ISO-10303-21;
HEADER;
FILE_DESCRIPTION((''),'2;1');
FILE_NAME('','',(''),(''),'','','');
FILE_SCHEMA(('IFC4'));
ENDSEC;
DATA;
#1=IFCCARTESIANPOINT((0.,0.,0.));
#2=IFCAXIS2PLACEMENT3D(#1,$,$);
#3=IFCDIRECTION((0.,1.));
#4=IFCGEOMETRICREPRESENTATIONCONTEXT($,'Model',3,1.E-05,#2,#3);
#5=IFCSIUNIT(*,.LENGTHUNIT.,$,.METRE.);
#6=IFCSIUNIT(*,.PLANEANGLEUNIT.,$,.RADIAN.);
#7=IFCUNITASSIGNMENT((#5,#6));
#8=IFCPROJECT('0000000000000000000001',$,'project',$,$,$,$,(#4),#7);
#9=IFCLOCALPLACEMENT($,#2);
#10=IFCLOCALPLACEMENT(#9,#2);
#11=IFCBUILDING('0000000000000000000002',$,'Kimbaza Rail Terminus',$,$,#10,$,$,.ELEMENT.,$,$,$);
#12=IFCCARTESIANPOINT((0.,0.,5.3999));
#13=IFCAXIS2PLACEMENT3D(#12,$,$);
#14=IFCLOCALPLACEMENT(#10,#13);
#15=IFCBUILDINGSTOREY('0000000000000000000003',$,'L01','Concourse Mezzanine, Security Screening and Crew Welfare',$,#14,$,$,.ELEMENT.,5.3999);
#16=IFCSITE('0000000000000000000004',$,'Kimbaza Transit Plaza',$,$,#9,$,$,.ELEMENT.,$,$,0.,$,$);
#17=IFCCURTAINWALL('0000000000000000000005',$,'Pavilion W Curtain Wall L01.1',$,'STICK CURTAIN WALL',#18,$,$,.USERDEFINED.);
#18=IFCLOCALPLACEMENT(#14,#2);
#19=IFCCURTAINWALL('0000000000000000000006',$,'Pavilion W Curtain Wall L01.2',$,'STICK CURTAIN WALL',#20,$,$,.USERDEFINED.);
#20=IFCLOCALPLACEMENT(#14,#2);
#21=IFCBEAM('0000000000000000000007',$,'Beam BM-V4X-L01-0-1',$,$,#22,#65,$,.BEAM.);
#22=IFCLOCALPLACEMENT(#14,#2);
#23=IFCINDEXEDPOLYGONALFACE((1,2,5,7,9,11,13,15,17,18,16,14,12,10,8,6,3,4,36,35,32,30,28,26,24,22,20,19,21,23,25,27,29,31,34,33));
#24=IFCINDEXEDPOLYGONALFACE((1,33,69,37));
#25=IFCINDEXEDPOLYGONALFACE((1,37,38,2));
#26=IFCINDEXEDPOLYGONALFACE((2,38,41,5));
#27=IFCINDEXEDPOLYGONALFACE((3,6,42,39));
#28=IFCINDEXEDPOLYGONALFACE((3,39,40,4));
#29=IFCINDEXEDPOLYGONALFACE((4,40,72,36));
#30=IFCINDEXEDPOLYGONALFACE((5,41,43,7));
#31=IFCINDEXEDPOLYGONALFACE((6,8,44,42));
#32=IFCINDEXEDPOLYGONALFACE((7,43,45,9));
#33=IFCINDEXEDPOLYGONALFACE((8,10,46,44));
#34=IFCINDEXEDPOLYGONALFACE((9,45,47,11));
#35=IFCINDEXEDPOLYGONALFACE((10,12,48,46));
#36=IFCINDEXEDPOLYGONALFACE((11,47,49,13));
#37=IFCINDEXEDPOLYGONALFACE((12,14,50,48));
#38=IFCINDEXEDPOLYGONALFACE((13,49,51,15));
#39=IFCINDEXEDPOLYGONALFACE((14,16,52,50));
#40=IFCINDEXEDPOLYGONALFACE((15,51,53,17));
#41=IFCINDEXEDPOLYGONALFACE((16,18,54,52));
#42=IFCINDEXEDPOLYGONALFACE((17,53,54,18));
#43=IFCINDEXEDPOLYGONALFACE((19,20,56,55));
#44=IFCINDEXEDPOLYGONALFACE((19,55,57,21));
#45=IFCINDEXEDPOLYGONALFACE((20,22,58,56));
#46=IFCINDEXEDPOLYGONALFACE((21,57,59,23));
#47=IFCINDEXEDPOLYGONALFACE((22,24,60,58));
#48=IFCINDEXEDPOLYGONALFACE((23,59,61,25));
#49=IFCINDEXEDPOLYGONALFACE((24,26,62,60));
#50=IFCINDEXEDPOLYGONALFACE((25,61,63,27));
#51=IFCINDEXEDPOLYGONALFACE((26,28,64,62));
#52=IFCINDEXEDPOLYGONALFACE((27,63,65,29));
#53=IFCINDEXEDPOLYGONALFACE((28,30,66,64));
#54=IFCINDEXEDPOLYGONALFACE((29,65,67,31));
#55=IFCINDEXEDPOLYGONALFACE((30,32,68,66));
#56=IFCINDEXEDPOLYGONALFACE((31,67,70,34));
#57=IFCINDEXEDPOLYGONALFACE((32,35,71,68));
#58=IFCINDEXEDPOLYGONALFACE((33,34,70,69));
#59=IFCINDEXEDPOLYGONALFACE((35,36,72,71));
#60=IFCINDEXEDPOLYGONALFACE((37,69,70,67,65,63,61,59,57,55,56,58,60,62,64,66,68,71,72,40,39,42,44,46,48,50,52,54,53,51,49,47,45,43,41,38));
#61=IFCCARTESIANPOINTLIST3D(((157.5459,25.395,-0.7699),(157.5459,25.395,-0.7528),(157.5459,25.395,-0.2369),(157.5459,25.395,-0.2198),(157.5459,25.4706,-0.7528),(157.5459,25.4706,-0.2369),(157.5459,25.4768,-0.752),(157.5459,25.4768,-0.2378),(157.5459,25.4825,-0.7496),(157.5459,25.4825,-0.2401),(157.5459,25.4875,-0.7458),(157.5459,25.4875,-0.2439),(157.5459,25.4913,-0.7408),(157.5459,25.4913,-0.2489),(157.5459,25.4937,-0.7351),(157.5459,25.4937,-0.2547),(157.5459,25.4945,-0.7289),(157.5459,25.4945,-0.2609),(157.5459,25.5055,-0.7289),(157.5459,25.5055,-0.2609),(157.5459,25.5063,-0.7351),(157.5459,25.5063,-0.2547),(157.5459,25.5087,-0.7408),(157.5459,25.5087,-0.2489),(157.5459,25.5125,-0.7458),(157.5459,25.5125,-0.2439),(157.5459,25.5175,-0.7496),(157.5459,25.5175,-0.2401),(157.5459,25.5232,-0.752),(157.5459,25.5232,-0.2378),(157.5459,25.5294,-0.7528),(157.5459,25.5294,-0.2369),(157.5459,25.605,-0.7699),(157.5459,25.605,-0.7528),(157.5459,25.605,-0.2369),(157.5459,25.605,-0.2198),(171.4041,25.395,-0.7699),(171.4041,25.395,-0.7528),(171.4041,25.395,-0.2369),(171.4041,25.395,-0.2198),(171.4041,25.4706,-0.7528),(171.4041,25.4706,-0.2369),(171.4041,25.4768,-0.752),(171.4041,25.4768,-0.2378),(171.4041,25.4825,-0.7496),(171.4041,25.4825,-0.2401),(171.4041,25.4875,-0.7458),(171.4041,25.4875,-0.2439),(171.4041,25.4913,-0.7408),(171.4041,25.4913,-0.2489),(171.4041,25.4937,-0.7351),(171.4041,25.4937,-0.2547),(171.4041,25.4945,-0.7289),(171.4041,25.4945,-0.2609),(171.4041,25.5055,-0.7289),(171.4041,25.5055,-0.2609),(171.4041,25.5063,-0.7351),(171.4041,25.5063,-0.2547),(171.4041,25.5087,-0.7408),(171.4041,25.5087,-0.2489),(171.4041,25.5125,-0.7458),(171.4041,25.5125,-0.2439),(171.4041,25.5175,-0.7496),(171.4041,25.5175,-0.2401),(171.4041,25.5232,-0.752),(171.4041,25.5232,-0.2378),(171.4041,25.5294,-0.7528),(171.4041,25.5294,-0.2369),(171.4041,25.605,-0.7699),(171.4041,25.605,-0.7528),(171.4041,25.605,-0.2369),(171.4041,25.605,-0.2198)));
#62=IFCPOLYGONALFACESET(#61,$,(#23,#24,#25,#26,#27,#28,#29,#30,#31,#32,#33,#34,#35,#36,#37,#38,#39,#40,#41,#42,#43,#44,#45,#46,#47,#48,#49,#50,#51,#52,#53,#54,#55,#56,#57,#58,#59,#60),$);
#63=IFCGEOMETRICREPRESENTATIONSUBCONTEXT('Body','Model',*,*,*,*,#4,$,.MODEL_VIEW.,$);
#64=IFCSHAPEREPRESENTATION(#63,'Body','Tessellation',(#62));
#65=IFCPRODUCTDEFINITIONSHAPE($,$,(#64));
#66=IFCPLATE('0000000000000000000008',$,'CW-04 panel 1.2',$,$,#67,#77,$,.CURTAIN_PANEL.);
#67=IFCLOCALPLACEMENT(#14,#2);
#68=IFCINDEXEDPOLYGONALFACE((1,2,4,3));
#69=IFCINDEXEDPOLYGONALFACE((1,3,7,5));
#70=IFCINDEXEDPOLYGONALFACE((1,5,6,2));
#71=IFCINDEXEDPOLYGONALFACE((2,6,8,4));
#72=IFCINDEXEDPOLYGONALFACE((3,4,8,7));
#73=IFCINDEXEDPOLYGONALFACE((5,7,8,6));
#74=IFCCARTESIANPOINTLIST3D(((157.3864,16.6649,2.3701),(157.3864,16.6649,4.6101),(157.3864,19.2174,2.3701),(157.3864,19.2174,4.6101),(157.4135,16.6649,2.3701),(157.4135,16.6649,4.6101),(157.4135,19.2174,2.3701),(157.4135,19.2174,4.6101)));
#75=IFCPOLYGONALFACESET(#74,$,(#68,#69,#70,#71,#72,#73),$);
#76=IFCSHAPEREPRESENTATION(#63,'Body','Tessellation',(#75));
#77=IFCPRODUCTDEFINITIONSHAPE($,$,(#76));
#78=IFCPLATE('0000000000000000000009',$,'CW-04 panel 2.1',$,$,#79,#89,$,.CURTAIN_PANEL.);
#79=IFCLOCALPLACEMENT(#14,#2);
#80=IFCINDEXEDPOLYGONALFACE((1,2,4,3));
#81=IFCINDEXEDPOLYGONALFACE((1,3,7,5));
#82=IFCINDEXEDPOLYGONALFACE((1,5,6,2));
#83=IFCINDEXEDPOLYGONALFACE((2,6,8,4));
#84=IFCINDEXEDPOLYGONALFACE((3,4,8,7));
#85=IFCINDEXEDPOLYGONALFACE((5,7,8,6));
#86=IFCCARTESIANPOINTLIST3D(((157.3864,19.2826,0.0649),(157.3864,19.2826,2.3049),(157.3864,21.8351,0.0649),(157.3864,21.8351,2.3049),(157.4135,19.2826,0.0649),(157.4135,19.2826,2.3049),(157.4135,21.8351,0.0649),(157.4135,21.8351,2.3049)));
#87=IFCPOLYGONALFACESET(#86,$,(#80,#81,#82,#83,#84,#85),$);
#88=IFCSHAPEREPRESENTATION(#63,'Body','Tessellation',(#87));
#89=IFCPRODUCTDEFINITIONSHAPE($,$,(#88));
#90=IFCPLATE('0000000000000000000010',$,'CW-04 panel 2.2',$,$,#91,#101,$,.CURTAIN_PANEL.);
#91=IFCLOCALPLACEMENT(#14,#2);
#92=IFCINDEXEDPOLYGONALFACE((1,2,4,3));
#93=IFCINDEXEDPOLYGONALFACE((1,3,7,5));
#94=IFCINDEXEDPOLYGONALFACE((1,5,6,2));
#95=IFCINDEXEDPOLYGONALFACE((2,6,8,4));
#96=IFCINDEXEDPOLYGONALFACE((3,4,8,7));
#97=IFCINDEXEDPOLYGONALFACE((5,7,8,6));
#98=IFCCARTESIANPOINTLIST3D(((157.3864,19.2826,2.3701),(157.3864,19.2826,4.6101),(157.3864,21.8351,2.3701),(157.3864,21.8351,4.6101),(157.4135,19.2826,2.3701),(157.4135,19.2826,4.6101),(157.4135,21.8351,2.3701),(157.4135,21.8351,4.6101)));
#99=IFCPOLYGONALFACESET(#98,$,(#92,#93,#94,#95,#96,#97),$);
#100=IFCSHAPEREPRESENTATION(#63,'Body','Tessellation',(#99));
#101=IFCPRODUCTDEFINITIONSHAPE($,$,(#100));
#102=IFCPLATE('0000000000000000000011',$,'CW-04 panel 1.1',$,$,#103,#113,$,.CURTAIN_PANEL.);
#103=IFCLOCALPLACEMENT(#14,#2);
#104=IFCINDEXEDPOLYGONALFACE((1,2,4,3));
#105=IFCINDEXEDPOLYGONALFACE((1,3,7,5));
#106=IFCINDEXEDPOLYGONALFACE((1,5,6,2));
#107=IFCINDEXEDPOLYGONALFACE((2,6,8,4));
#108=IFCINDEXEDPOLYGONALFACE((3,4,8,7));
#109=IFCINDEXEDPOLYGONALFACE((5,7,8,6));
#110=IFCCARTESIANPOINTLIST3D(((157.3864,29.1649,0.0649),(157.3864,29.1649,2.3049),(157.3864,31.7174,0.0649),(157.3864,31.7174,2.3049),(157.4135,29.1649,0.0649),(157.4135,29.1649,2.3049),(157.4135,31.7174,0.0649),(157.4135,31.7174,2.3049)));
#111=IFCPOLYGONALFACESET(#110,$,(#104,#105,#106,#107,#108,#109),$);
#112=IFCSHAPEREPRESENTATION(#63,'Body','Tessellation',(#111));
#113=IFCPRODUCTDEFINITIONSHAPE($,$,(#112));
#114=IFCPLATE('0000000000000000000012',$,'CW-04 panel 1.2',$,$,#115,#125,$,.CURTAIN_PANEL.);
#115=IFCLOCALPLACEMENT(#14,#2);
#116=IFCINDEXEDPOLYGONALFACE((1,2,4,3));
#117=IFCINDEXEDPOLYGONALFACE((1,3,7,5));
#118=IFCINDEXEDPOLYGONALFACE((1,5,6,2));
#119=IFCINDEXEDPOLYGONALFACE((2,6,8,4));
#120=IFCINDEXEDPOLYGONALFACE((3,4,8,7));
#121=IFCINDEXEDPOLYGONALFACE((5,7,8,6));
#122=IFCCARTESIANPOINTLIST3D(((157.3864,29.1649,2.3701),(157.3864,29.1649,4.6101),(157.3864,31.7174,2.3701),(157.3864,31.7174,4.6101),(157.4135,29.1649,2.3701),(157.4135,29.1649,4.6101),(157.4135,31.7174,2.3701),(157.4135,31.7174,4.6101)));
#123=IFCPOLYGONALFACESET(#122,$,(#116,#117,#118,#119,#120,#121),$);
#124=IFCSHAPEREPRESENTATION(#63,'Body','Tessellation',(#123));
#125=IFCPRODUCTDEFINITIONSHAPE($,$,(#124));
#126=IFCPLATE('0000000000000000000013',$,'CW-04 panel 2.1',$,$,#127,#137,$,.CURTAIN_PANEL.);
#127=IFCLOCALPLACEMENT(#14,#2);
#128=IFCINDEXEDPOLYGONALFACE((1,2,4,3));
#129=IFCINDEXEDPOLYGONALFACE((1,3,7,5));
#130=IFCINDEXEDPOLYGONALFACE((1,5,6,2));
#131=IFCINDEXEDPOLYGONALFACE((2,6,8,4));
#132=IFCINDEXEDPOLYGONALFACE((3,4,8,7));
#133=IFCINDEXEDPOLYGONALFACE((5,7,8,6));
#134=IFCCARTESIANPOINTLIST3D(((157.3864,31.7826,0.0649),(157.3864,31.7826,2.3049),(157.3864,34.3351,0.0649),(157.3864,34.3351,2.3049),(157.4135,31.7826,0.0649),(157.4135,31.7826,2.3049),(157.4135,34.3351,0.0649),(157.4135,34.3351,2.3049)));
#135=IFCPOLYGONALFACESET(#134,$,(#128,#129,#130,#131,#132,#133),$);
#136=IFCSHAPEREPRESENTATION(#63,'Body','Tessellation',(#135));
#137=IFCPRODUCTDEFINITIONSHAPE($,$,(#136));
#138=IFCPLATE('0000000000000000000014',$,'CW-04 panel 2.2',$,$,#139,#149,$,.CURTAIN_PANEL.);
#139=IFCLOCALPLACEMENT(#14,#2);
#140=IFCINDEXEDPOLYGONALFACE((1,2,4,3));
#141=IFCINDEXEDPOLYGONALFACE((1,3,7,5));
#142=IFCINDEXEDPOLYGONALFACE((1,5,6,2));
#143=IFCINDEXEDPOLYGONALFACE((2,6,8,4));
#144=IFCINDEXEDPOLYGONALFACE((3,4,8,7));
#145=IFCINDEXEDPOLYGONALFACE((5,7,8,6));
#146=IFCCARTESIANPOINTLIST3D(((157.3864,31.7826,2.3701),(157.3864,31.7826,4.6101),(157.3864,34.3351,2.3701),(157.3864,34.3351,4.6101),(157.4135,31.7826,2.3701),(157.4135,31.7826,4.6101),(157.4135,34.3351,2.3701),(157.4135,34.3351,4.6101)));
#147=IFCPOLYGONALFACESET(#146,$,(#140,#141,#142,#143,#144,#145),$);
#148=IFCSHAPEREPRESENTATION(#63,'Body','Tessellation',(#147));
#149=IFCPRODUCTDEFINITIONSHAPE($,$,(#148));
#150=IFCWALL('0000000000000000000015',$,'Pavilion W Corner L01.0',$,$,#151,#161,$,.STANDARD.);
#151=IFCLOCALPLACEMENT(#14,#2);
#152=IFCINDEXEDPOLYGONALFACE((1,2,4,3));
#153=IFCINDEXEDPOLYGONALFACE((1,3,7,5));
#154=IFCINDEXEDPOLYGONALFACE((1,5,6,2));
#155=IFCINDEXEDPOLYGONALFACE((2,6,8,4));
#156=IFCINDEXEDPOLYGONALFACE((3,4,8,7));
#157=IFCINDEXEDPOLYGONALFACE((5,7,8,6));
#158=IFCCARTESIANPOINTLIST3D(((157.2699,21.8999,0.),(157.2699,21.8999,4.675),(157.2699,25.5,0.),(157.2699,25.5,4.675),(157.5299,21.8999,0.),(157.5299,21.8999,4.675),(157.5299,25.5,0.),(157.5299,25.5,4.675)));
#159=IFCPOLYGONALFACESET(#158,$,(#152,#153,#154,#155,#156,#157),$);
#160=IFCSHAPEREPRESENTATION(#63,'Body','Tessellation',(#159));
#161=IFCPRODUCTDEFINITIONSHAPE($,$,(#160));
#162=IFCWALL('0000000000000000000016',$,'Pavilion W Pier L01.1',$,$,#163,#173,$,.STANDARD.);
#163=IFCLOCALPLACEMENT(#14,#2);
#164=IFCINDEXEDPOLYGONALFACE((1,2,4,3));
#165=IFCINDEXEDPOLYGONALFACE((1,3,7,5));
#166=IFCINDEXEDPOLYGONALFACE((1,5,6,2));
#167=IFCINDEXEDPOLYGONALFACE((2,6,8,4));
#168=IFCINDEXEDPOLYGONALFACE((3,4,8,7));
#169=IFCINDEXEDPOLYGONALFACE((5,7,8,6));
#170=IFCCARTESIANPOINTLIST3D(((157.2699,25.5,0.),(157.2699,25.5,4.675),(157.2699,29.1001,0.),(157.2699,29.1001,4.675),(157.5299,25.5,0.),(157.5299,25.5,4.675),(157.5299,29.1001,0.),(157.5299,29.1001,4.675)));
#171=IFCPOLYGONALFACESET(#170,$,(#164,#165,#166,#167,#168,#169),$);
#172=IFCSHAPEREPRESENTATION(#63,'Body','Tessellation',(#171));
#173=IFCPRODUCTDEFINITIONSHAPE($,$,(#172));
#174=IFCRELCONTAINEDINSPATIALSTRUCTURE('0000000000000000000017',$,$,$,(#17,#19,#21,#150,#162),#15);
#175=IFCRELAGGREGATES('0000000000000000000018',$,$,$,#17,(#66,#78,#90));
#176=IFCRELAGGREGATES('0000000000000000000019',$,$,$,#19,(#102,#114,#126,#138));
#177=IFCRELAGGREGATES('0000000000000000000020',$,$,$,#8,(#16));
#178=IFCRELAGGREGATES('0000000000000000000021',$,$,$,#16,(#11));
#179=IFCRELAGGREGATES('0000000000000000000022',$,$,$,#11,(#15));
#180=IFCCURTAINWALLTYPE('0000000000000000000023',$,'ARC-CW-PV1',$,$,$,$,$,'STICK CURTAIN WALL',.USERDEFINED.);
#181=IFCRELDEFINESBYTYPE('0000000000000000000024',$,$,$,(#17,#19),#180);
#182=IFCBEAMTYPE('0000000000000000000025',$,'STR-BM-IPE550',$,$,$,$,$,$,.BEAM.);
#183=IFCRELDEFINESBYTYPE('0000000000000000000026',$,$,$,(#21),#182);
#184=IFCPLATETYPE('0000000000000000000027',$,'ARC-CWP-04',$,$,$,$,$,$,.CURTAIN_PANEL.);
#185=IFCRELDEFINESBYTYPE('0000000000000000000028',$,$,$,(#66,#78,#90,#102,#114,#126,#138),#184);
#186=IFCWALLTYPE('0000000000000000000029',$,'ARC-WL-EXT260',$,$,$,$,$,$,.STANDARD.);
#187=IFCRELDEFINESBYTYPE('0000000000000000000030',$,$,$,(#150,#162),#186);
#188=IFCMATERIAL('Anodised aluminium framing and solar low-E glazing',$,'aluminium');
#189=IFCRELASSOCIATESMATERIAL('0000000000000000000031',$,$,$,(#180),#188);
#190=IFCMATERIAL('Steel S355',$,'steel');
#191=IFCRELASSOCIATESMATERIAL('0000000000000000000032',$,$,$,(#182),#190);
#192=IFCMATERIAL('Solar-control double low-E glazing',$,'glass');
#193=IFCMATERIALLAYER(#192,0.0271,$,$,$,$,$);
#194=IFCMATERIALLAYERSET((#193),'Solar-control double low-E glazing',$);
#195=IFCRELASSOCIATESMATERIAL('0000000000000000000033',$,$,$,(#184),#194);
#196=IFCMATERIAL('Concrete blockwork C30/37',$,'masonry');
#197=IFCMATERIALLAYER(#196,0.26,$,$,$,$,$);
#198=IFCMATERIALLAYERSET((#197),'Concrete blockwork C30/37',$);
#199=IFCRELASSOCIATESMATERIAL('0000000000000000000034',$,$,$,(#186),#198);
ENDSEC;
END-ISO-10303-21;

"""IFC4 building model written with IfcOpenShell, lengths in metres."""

from ifc_helpers import new_model, si_unit, direction, frame, frame_2d, origin, origin_2d, place, context, subcontext, project, spatial, rectangle, i_section, extrude, material, layer, layer_set, material_profile, profile_set, type_object, element, aggregate, save


model = new_model("IFC4")

# Units and contexts
model_context = context("Model", 3, precision=1e-05, world=origin(), true_north=direction((0.0, 1.0)))
body_context = subcontext(model_context, "Body", "Model", "MODEL_VIEW")
ifc_project = project(units=[si_unit("LENGTHUNIT", "METRE"), si_unit("PLANEANGLEUNIT", "RADIAN")], contexts=[model_context])

# Site, building, storey
site_placement = place(None, origin())
site = spatial("IfcSite", under=ifc_project, at=site_placement, Name="Kimbaza Transit Plaza", CompositionType="ELEMENT", RefElevation=0.0)
building_placement = place(site_placement, origin())
building = spatial("IfcBuilding", under=site, at=building_placement, Name="Kimbaza Rail Terminus", CompositionType="ELEMENT")
storey_placement = place(building_placement, frame((0.0, 0.0, 5.3999)))
storey = spatial("IfcBuildingStorey", under=building, at=storey_placement, Name="L01", Description="Concourse Mezzanine, Security Screening and Crew Welfare", CompositionType="ELEMENT", Elevation=5.3999)

# Curtain walls
ifc_material_1 = material(Name="Anodised aluminium framing and solar low-E glazing", Category="aluminium")
curtain_wall_type = type_object("IfcCurtainWallType", Name="ARC-CW-PV1", ElementType="STICK CURTAIN WALL", PredefinedType="USERDEFINED", material=ifc_material_1)
curtain_wall_1_placement = place(storey_placement, origin())
curtain_wall_1 = element("IfcCurtainWall", 1, at=curtain_wall_1_placement, inside=storey, type_object=curtain_wall_type, Name="Pavilion W Curtain Wall L01.1", ObjectType="STICK CURTAIN WALL", PredefinedType="USERDEFINED")
curtain_wall_2_placement = place(storey_placement, origin())
curtain_wall_2 = element("IfcCurtainWall", 2, at=curtain_wall_2_placement, inside=storey, type_object=curtain_wall_type, Name="Pavilion W Curtain Wall L01.2", ObjectType="STICK CURTAIN WALL", PredefinedType="USERDEFINED")

# Beam
ifc_material_2 = material(Name="Steel S355", Category="steel")
ifc_material_profile_1 = material_profile(ifc_material_2, i_section(OverallWidth=0.21, OverallDepth=0.55, WebThickness=0.011, FlangeThickness=0.0171, FilletRadius=0.0239, at=origin_2d()), Name="IPE 550")
ifc_profile_set_1 = profile_set([ifc_material_profile_1], Name="Steel S355")
beam_type_1 = type_object("IfcBeamType", Name="STR-BM-IPE550", PredefinedType="BEAM", material=ifc_profile_set_1)
beam_1_placement = place(storey_placement, frame((157.5459, 25.5, -0.4949), z_axis=(1.0, 0.0, 0.0), x_axis=(0.0, 1.0, 0.0)))
element("IfcBeam", 3, at=beam_1_placement, inside=storey, type_object=beam_type_1, Name="Beam BM-V4X-L01-0-1", PredefinedType="BEAM", context=body_context, shape_type="SweptSolid", body=[
    extrude(i_section(OverallWidth=0.21, OverallDepth=0.55, WebThickness=0.011, FlangeThickness=0.0171, FilletRadius=0.0239, at=origin_2d()), origin(), (0.0, 0.0, 1.0), 13.8582),
])

# Plates
ifc_material_3 = material(Name="Solar-control double low-E glazing", Category="glass")
ifc_layer_1 = layer(ifc_material_3, 0.0271)
ifc_layer_set_1 = layer_set([ifc_layer_1], Name="Solar-control double low-E glazing")
plate_type = type_object("IfcPlateType", Name="ARC-CWP-04", PredefinedType="CURTAIN_PANEL", material=ifc_layer_set_1)
plate_1_placement = place(storey_placement, frame((157.3999, 17.9412, 2.3701), z_axis=(0.0, 0.0, 1.0), x_axis=(0.0, 1.0, 0.0)))
plate_1 = element("IfcPlate", 4, at=plate_1_placement, type_object=plate_type, Name="CW-04 panel 1.2", PredefinedType="CURTAIN_PANEL", context=body_context, shape_type="SweptSolid", body=[
    extrude(rectangle(XDim=2.5525, YDim=0.0271, at=origin_2d()), origin(), (0.0, 0.0, 1.0), 2.24),
])
plate_2_placement = place(storey_placement, frame((157.3999, 20.5588, 0.0649), z_axis=(0.0, 0.0, 1.0), x_axis=(0.0, 1.0, 0.0)))
plate_2 = element("IfcPlate", 5, at=plate_2_placement, type_object=plate_type, Name="CW-04 panel 2.1", PredefinedType="CURTAIN_PANEL", context=body_context, shape_type="SweptSolid", body=[
    extrude(rectangle(XDim=2.5525, YDim=0.0271, at=origin_2d()), origin(), (0.0, 0.0, 1.0), 2.24),
])
plate_3_placement = place(storey_placement, frame((157.3999, 20.5588, 2.3701), z_axis=(0.0, 0.0, 1.0), x_axis=(0.0, 1.0, 0.0)))
plate_3 = element("IfcPlate", 6, at=plate_3_placement, type_object=plate_type, Name="CW-04 panel 2.2", PredefinedType="CURTAIN_PANEL", context=body_context, shape_type="SweptSolid", body=[
    extrude(rectangle(XDim=2.5525, YDim=0.0271, at=origin_2d()), origin(), (0.0, 0.0, 1.0), 2.24),
])
aggregate(curtain_wall_1, [plate_1, plate_2, plate_3])
plate_4_placement = place(storey_placement, frame((157.3999, 30.4412, 0.0649), z_axis=(0.0, 0.0, 1.0), x_axis=(0.0, 1.0, 0.0)))
plate_4 = element("IfcPlate", 7, at=plate_4_placement, type_object=plate_type, Name="CW-04 panel 1.1", PredefinedType="CURTAIN_PANEL", context=body_context, shape_type="SweptSolid", body=[
    extrude(rectangle(XDim=2.5525, YDim=0.0271, at=origin_2d()), origin(), (0.0, 0.0, 1.0), 2.24),
])
plate_5_placement = place(storey_placement, frame((157.3999, 30.4412, 2.3701), z_axis=(0.0, 0.0, 1.0), x_axis=(0.0, 1.0, 0.0)))
plate_5 = element("IfcPlate", 8, at=plate_5_placement, type_object=plate_type, Name="CW-04 panel 1.2", PredefinedType="CURTAIN_PANEL", context=body_context, shape_type="SweptSolid", body=[
    extrude(rectangle(XDim=2.5525, YDim=0.0271, at=origin_2d()), origin(), (0.0, 0.0, 1.0), 2.24),
])
plate_6_placement = place(storey_placement, frame((157.3999, 33.0588, 0.0649), z_axis=(0.0, 0.0, 1.0), x_axis=(0.0, 1.0, 0.0)))
plate_6 = element("IfcPlate", 9, at=plate_6_placement, type_object=plate_type, Name="CW-04 panel 2.1", PredefinedType="CURTAIN_PANEL", context=body_context, shape_type="SweptSolid", body=[
    extrude(rectangle(XDim=2.5525, YDim=0.0271, at=origin_2d()), origin(), (0.0, 0.0, 1.0), 2.24),
])
plate_7_placement = place(storey_placement, frame((157.3999, 33.0588, 2.3701), z_axis=(0.0, 0.0, 1.0), x_axis=(0.0, 1.0, 0.0)))
plate_7 = element("IfcPlate", 10, at=plate_7_placement, type_object=plate_type, Name="CW-04 panel 2.2", PredefinedType="CURTAIN_PANEL", context=body_context, shape_type="SweptSolid", body=[
    extrude(rectangle(XDim=2.5525, YDim=0.0271, at=origin_2d()), origin(), (0.0, 0.0, 1.0), 2.24),
])
aggregate(curtain_wall_2, [plate_4, plate_5, plate_6, plate_7])

# Walls
ifc_material_4 = material(Name="Concrete blockwork C30/37", Category="masonry")
ifc_layer_2 = layer(ifc_material_4, 0.26)
ifc_layer_set_2 = layer_set([ifc_layer_2], Name="Concrete blockwork C30/37")
wall_type_1 = type_object("IfcWallType", Name="ARC-WL-EXT260", PredefinedType="STANDARD", material=ifc_layer_set_2)
for number, where, z_axis, x_axis, name in (
    (11, (157.3999, 21.8999, 0.0), (0.0, 0.0, 1.0), (0.0, 1.0, 0.0), "Pavilion W Corner L01.0"),
    (12, (157.3999, 25.5, 0.0), (0.0, 0.0, 1.0), (0.0, 1.0, 0.0), "Pavilion W Pier L01.1"),
):
    element("IfcWall", number, at=place(storey_placement, frame(where, z_axis=z_axis, x_axis=x_axis)), inside=storey, type_object=wall_type_1, Name=name, PredefinedType="STANDARD", context=body_context, shape_type="SweptSolid", body=[
        extrude(rectangle(XDim=3.6001, YDim=0.26, at=frame_2d((1.8, 0.0))), origin(), (0.0, 0.0, 1.0), 4.675),
    ])

save(model, "model.ifc")
